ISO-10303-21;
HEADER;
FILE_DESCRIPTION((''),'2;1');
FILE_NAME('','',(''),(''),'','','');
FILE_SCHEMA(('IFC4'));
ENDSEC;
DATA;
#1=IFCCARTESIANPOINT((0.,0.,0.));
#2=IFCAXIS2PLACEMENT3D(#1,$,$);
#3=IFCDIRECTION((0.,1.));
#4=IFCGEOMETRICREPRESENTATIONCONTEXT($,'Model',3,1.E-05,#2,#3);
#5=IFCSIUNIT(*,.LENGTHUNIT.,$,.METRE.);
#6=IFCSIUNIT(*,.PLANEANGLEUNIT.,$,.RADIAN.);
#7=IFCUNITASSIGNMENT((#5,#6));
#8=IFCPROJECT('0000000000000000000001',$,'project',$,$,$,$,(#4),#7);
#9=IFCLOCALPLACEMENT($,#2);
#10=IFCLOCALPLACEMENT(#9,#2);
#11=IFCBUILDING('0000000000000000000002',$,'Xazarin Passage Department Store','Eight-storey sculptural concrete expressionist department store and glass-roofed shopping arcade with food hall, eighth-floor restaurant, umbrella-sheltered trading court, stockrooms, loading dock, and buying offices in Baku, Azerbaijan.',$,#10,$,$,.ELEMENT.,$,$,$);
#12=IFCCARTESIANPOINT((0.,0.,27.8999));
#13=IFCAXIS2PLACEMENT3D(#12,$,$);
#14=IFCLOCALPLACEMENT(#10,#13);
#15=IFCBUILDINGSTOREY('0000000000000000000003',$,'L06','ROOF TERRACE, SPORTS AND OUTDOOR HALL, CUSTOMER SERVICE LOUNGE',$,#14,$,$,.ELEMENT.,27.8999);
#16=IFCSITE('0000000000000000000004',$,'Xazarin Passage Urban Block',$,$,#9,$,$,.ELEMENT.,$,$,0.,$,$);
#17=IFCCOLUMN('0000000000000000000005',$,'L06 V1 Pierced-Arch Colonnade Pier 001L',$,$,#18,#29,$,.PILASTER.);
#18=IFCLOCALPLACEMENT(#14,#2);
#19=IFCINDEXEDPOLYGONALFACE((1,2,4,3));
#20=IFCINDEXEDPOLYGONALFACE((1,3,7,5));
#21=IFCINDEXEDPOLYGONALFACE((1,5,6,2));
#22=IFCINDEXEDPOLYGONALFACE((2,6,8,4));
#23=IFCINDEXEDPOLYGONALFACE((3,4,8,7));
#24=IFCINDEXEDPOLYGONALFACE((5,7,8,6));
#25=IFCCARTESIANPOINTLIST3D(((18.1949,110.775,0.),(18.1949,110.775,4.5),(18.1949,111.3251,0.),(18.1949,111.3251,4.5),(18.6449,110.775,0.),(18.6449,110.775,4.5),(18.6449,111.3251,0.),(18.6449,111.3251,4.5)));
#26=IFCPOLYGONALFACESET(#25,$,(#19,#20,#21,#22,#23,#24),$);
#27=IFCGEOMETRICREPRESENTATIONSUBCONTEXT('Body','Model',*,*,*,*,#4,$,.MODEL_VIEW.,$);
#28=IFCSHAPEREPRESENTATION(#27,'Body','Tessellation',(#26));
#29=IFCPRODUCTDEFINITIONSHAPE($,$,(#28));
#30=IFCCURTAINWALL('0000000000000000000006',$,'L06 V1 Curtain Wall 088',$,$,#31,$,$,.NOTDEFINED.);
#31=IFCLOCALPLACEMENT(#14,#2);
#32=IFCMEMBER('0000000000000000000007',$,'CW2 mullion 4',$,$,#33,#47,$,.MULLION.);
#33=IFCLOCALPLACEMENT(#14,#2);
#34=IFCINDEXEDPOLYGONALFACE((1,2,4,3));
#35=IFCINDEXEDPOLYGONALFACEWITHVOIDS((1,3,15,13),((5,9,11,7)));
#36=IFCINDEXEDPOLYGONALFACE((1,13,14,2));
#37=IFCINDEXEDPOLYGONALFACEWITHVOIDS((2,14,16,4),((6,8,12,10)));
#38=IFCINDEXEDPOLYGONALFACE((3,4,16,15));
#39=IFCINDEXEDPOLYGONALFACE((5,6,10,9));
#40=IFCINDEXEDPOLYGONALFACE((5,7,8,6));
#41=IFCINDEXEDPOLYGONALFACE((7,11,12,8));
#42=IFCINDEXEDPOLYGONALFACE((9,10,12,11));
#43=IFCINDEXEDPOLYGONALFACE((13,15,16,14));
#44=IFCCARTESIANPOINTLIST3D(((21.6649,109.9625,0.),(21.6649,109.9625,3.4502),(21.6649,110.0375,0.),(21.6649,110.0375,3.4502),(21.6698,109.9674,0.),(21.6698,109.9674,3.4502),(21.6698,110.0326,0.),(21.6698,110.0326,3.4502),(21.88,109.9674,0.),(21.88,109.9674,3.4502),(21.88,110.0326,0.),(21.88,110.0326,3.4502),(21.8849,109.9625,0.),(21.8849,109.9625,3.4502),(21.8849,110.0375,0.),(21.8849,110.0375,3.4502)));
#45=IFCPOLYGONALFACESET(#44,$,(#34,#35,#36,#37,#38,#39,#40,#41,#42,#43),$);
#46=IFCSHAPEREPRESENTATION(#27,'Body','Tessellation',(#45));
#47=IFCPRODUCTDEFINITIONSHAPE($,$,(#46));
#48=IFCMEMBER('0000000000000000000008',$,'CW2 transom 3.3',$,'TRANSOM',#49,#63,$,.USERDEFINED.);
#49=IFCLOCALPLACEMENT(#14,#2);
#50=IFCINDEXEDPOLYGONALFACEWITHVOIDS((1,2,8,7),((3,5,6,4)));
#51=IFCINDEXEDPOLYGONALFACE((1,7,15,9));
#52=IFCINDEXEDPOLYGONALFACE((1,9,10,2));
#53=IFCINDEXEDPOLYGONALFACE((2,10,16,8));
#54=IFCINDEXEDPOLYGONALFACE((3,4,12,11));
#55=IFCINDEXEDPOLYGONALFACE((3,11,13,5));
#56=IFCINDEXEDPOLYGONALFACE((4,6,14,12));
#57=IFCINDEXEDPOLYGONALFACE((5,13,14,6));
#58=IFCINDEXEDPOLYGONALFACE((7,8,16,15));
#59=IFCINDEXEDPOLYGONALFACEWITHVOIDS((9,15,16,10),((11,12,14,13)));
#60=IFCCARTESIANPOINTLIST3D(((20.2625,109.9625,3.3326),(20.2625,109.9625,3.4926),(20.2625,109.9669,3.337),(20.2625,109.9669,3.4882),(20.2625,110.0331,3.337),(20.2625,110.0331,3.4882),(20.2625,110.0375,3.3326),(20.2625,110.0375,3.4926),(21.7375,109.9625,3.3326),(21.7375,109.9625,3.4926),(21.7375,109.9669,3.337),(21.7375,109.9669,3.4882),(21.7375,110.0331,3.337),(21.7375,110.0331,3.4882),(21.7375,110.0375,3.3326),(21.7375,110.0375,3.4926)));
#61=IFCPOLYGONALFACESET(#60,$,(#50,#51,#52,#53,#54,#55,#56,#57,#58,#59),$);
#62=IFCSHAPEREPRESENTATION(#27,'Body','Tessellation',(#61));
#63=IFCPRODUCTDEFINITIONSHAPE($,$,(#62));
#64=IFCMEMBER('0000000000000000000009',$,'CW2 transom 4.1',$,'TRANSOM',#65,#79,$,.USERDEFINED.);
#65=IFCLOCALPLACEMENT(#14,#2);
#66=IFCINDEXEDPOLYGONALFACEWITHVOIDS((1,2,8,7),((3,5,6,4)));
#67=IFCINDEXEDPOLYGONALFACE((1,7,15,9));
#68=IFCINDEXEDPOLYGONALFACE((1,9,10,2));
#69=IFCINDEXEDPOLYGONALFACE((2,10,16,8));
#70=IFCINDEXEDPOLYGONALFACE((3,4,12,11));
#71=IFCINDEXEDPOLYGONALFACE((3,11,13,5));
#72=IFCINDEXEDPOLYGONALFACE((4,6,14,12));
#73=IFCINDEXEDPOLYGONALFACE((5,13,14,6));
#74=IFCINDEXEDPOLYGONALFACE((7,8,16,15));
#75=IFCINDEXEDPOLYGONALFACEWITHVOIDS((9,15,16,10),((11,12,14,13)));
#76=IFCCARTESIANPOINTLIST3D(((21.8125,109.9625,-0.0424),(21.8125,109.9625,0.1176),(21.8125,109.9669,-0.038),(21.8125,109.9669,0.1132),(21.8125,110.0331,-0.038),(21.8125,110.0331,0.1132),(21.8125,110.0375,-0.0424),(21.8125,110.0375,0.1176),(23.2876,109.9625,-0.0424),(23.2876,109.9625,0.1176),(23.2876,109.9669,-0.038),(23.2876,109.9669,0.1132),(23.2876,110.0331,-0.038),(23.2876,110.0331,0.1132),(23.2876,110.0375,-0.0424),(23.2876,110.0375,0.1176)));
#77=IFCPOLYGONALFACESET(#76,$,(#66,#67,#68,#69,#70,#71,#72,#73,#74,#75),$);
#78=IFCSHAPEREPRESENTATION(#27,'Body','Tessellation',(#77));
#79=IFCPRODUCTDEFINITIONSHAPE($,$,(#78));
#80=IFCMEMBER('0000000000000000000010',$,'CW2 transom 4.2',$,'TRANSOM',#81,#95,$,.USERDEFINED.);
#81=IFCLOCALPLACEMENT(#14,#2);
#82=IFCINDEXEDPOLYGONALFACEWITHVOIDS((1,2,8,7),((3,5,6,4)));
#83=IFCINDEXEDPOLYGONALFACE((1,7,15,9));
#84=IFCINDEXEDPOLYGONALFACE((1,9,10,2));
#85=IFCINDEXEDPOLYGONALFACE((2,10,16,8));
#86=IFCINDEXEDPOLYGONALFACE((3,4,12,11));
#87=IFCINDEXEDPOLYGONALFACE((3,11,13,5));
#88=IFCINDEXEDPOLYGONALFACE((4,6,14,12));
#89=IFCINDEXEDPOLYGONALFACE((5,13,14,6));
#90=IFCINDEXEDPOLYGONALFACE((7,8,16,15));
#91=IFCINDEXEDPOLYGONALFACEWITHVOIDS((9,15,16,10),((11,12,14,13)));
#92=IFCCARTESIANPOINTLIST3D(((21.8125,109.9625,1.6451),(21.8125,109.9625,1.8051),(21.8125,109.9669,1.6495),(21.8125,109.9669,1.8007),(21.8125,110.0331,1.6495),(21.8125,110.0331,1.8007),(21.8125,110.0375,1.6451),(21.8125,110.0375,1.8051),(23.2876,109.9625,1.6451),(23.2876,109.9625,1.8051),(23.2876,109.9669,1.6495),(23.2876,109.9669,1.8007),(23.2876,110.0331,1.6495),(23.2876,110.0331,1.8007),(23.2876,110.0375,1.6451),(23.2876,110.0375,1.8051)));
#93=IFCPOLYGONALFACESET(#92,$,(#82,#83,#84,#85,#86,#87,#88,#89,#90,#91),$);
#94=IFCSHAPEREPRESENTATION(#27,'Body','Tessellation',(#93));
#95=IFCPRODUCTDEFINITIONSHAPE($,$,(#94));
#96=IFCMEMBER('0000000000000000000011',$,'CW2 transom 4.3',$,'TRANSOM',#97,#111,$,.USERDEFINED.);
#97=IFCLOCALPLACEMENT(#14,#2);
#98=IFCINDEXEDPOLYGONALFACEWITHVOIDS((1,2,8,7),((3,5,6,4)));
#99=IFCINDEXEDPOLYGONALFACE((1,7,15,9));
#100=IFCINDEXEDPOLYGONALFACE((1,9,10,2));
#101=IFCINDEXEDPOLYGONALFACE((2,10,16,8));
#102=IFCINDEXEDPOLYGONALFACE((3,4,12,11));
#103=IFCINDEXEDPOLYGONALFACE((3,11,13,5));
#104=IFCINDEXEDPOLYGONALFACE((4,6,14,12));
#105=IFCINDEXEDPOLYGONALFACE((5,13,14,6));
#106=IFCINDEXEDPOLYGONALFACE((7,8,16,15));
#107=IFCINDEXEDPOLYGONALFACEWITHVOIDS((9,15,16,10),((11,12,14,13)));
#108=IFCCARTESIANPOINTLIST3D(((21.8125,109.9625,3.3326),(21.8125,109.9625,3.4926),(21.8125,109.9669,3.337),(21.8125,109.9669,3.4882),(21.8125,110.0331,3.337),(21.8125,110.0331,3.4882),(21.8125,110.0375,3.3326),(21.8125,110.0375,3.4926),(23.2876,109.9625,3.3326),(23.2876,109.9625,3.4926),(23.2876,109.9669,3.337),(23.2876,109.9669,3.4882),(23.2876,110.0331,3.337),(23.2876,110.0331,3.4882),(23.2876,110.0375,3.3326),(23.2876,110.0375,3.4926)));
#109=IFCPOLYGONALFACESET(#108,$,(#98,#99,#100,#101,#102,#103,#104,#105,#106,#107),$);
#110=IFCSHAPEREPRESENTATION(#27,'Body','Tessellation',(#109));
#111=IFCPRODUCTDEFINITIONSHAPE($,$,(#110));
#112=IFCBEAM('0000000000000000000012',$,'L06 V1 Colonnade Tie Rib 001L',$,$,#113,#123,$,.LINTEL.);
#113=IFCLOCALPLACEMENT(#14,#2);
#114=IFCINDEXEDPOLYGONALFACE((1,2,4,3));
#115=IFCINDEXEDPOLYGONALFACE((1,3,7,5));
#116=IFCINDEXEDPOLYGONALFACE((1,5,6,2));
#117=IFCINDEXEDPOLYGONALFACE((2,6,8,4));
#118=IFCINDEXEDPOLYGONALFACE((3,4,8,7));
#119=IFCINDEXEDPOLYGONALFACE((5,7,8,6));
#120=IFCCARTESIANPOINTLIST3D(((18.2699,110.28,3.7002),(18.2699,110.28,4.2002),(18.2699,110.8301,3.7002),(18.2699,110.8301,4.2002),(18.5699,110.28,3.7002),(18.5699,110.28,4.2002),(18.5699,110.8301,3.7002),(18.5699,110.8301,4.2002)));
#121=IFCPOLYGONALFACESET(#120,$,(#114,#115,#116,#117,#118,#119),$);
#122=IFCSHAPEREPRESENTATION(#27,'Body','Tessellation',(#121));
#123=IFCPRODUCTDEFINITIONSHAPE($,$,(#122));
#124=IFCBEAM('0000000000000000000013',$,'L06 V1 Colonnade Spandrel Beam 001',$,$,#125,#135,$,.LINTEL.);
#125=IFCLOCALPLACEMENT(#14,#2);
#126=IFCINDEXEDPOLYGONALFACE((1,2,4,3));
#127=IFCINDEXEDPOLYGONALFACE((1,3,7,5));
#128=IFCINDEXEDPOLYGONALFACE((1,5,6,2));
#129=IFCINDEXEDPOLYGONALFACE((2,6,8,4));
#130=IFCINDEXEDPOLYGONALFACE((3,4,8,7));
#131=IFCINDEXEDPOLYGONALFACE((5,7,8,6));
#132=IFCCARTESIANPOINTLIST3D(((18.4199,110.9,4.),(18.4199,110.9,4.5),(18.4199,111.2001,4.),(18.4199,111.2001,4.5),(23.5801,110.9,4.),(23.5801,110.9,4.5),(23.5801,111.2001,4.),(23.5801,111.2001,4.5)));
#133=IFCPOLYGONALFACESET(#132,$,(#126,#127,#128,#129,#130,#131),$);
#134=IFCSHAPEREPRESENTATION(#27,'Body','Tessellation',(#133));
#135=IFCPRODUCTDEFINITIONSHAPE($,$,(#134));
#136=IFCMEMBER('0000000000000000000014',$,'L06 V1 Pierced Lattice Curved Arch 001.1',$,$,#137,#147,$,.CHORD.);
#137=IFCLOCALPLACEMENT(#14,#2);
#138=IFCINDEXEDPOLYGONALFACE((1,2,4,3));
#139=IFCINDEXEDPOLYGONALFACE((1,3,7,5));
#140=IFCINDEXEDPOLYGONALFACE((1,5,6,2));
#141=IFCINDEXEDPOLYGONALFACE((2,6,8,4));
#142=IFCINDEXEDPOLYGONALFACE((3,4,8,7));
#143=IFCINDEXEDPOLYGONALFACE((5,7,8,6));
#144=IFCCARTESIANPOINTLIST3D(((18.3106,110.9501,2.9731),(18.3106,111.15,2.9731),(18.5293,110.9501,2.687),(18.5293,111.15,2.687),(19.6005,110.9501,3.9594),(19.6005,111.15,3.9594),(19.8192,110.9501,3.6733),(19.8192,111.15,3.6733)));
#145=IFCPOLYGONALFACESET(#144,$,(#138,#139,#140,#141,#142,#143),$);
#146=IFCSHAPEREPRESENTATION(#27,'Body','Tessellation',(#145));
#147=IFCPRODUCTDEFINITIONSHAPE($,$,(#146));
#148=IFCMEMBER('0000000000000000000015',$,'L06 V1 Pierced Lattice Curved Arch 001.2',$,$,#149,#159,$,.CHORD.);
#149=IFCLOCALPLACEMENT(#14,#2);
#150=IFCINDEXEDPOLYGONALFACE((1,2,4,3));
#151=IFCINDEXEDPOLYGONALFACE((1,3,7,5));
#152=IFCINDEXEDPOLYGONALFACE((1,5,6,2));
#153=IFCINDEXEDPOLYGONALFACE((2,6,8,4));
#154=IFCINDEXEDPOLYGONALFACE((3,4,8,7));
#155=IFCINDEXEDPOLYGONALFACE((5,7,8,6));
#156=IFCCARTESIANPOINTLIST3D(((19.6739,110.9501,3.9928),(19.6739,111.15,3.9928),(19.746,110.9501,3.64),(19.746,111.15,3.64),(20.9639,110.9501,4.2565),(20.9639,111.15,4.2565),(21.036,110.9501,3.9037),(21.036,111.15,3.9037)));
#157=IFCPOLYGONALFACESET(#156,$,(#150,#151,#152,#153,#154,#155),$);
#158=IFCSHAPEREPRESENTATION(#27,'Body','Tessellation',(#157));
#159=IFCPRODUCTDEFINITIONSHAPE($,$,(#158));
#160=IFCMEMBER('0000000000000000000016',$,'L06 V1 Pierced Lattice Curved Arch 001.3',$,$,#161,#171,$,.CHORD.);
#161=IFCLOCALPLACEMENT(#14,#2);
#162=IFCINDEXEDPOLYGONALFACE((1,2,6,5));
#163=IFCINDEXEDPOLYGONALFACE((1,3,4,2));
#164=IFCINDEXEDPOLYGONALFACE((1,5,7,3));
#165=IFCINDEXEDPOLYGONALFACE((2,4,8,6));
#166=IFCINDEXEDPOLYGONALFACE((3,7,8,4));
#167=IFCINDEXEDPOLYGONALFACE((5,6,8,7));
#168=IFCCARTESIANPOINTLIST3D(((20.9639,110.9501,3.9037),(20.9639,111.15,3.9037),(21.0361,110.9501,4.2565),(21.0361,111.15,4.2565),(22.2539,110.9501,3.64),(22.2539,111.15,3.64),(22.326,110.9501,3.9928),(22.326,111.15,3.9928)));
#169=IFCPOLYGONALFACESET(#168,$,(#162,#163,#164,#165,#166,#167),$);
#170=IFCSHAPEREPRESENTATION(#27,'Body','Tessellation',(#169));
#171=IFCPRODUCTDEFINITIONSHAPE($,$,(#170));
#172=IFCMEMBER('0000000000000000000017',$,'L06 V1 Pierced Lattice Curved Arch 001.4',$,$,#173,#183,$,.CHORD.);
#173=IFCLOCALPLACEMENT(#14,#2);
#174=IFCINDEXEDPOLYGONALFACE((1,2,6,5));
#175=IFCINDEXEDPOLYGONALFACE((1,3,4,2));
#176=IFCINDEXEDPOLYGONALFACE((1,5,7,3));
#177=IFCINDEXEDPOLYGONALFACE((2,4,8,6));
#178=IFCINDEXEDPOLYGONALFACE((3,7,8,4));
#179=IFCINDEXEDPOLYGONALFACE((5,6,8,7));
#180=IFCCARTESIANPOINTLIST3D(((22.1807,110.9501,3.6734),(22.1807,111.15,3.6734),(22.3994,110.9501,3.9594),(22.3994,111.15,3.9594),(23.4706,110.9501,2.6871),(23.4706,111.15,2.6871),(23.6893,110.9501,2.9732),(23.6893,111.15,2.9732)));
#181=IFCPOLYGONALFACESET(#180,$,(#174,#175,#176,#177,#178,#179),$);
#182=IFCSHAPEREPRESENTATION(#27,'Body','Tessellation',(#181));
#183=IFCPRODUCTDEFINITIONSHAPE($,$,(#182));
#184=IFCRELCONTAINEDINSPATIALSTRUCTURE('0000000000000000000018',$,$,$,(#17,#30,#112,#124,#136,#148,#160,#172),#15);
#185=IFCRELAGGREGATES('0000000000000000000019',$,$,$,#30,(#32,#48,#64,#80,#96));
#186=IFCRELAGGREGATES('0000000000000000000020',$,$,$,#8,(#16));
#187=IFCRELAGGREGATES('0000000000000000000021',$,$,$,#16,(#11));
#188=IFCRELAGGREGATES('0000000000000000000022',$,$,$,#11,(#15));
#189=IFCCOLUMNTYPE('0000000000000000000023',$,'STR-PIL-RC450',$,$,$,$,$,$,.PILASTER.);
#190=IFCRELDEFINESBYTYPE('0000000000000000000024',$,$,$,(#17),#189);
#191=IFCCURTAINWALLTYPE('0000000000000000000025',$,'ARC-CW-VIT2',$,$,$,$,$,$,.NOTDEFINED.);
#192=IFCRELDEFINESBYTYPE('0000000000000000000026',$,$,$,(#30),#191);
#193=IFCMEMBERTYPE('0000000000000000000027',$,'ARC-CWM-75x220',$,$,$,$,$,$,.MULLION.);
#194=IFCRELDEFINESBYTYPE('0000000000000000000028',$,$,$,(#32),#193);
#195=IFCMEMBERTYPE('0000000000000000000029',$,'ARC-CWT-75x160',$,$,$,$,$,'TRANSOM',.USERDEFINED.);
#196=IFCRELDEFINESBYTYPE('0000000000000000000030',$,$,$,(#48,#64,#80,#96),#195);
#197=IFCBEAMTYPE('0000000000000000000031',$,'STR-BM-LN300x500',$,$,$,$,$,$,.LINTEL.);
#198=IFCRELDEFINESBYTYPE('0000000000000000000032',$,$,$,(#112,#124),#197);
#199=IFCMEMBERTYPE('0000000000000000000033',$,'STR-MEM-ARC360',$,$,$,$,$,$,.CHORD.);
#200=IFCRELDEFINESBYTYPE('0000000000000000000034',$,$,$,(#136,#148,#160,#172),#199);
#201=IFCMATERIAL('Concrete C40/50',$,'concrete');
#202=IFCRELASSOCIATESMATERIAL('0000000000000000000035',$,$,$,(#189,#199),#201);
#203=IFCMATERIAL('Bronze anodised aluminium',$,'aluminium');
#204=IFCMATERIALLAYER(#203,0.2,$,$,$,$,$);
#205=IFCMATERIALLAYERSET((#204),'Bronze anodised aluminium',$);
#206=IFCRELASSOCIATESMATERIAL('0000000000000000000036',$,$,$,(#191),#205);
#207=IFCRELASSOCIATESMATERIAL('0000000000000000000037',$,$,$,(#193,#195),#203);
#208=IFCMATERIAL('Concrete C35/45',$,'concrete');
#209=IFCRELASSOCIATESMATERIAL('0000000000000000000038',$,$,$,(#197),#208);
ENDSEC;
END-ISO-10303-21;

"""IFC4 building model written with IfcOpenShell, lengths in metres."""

from ifc_helpers import new_model, si_unit, direction, frame, origin, origin_2d, place, context, subcontext, project, spatial, rectangle, hollow_rectangle, extrude, material, layer, layer_set, material_profile, profile_set, type_object, element, aggregate, save


model = new_model("IFC4")

# Units and contexts
model_context = context("Model", 3, precision=1e-05, world=origin(), true_north=direction((0.0, 1.0)))
body_context = subcontext(model_context, "Body", "Model", "MODEL_VIEW")
ifc_project = project(units=[si_unit("LENGTHUNIT", "METRE"), si_unit("PLANEANGLEUNIT", "RADIAN")], contexts=[model_context])

# Site, building, storey
site_placement = place(None, origin())
site = spatial("IfcSite", under=ifc_project, at=site_placement, Name="Xazarin Passage Urban Block", CompositionType="ELEMENT", RefElevation=0.0)
building_placement = place(site_placement, origin())
building = spatial("IfcBuilding", under=site, at=building_placement, Name="Xazarin Passage Department Store", Description="Eight-storey sculptural concrete expressionist department store and glass-roofed shopping arcade with food hall, eighth-floor restaurant, umbrella-sheltered trading court, stockrooms, loading dock, and buying offices in Baku, Azerbaijan.", CompositionType="ELEMENT")
storey_placement = place(building_placement, frame((0.0, 0.0, 27.8999)))
storey = spatial("IfcBuildingStorey", under=building, at=storey_placement, Name="L06", Description="ROOF TERRACE, SPORTS AND OUTDOOR HALL, CUSTOMER SERVICE LOUNGE", CompositionType="ELEMENT", Elevation=27.8999)

# Column
ifc_material_1 = material(Name="Concrete C40/50", Category="concrete")
ifc_material_profile_1 = material_profile(ifc_material_1, rectangle(XDim=0.45, YDim=0.55, at=origin_2d()), Name="RC 450x550")
ifc_profile_set_1 = profile_set([ifc_material_profile_1], Name="Concrete C40/50")
column_type = type_object("IfcColumnType", Name="STR-PIL-RC450", PredefinedType="PILASTER", material=ifc_profile_set_1)
column_placement = place(storey_placement, frame((18.4199, 111.05, 0.0), z_axis=(0.0, 0.0, 1.0), x_axis=(1.0, 0.0, 0.0)))
element("IfcColumn", 1, at=column_placement, inside=storey, type_object=column_type, Name="L06 V1 Pierced-Arch Colonnade Pier 001L", PredefinedType="PILASTER", context=body_context, shape_type="SweptSolid", body=[
    extrude(rectangle(XDim=0.45, YDim=0.55, at=origin_2d()), origin(), (0.0, 0.0, 1.0), 4.5),
])

# Curtain wall, members
ifc_material_2 = material(Name="Bronze anodised aluminium", Category="aluminium")
ifc_layer_1 = layer(ifc_material_2, 0.2)
ifc_layer_set_1 = layer_set([ifc_layer_1], Name="Bronze anodised aluminium")
curtain_wall_type = type_object("IfcCurtainWallType", Name="ARC-CW-VIT2", PredefinedType="NOTDEFINED", material=ifc_layer_set_1)
curtain_wall_placement = place(storey_placement, origin())
curtain_wall = element("IfcCurtainWall", 2, at=curtain_wall_placement, inside=storey, type_object=curtain_wall_type, Name="L06 V1 Curtain Wall 088", PredefinedType="NOTDEFINED")
ifc_material_profile_2 = material_profile(ifc_material_2, hollow_rectangle(XDim=0.075, YDim=0.22, WallThickness=0.0049, at=origin_2d()), Name="ALU 75x220")
ifc_profile_set_2 = profile_set([ifc_material_profile_2], Name="Bronze anodised aluminium")
member_type_1 = type_object("IfcMemberType", Name="ARC-CWM-75x220", PredefinedType="MULLION", material=ifc_profile_set_2)
member_1_placement = place(storey_placement, frame((21.7749, 110.0, 0.0), z_axis=(0.0, 0.0, 1.0), x_axis=(0.0, 1.0, 0.0)))
member_1 = element("IfcMember", 3, at=member_1_placement, type_object=member_type_1, Name="CW2 mullion 4", PredefinedType="MULLION", context=body_context, shape_type="SweptSolid", body=[
    extrude(hollow_rectangle(XDim=0.075, YDim=0.22, WallThickness=0.0049, at=origin_2d()), origin(), (0.0, 0.0, 1.0), 3.4502),
])
ifc_material_profile_3 = material_profile(ifc_material_2, hollow_rectangle(XDim=0.075, YDim=0.1599, WallThickness=0.0044, at=origin_2d()), Name="ALU 75x160")
ifc_profile_set_3 = profile_set([ifc_material_profile_3], Name="Bronze anodised aluminium")
member_type_2 = type_object("IfcMemberType", Name="ARC-CWT-75x160", ElementType="TRANSOM", PredefinedType="USERDEFINED", material=ifc_profile_set_3)
member_2_placement = place(storey_placement, frame((20.2625, 110.0, 3.4126), z_axis=(1.0, 0.0, 0.0), x_axis=(0.0, 1.0, 0.0)))
member_2 = element("IfcMember", 4, at=member_2_placement, type_object=member_type_2, Name="CW2 transom 3.3", ObjectType="TRANSOM", PredefinedType="USERDEFINED", context=body_context, shape_type="SweptSolid", body=[
    extrude(hollow_rectangle(XDim=0.075, YDim=0.1599, WallThickness=0.0044, at=origin_2d()), origin(), (0.0, 0.0, 1.0), 1.4751),
])
member_3_placement = place(storey_placement, frame((21.8125, 110.0, 0.0376), z_axis=(1.0, 0.0, 0.0), x_axis=(0.0, 1.0, 0.0)))
member_3 = element("IfcMember", 5, at=member_3_placement, type_object=member_type_2, Name="CW2 transom 4.1", ObjectType="TRANSOM", PredefinedType="USERDEFINED", context=body_context, shape_type="SweptSolid", body=[
    extrude(hollow_rectangle(XDim=0.075, YDim=0.1599, WallThickness=0.0044, at=origin_2d()), origin(), (0.0, 0.0, 1.0), 1.4751),
])
member_4_placement = place(storey_placement, frame((21.8125, 110.0, 1.7251), z_axis=(1.0, 0.0, 0.0), x_axis=(0.0, 1.0, 0.0)))
member_4 = element("IfcMember", 6, at=member_4_placement, type_object=member_type_2, Name="CW2 transom 4.2", ObjectType="TRANSOM", PredefinedType="USERDEFINED", context=body_context, shape_type="SweptSolid", body=[
    extrude(hollow_rectangle(XDim=0.075, YDim=0.1599, WallThickness=0.0044, at=origin_2d()), origin(), (0.0, 0.0, 1.0), 1.4751),
])
member_5_placement = place(storey_placement, frame((21.8125, 110.0, 3.4126), z_axis=(1.0, 0.0, 0.0), x_axis=(0.0, 1.0, 0.0)))
member_5 = element("IfcMember", 7, at=member_5_placement, type_object=member_type_2, Name="CW2 transom 4.3", ObjectType="TRANSOM", PredefinedType="USERDEFINED", context=body_context, shape_type="SweptSolid", body=[
    extrude(hollow_rectangle(XDim=0.075, YDim=0.1599, WallThickness=0.0044, at=origin_2d()), origin(), (0.0, 0.0, 1.0), 1.4751),
])

# Beams
ifc_material_3 = material(Name="Concrete C35/45", Category="concrete")
ifc_material_profile_4 = material_profile(ifc_material_3, rectangle(XDim=0.3, YDim=0.5, at=origin_2d()), Name="RC 300x500")
ifc_profile_set_4 = profile_set([ifc_material_profile_4], Name="Concrete C35/45")
beam_type = type_object("IfcBeamType", Name="STR-BM-LN300x500", PredefinedType="LINTEL", material=ifc_profile_set_4)
beam_1_placement = place(storey_placement, frame((18.4199, 110.28, 3.9502), z_axis=(0.0, 1.0, 0.0), x_axis=(-1.0, 0.0, 0.0)))
element("IfcBeam", 8, at=beam_1_placement, inside=storey, type_object=beam_type, Name="L06 V1 Colonnade Tie Rib 001L", PredefinedType="LINTEL", context=body_context, shape_type="SweptSolid", body=[
    extrude(rectangle(XDim=0.3, YDim=0.5, at=origin_2d()), origin(), (0.0, 0.0, 1.0), 0.55),
])
beam_2_placement = place(storey_placement, frame((18.4199, 111.05, 4.25), z_axis=(1.0, 0.0, 0.0), x_axis=(0.0, 1.0, 0.0)))
element("IfcBeam", 9, at=beam_2_placement, inside=storey, type_object=beam_type, Name="L06 V1 Colonnade Spandrel Beam 001", PredefinedType="LINTEL", context=body_context, shape_type="SweptSolid", body=[
    extrude(rectangle(XDim=0.3, YDim=0.5, at=origin_2d()), origin(), (0.0, 0.0, 1.0), 5.1602),
])

# Members
ifc_material_profile_5 = material_profile(ifc_material_1, rectangle(XDim=0.2, YDim=0.3601, at=origin_2d()), Name="RC 200x360")
ifc_profile_set_5 = profile_set([ifc_material_profile_5], Name="Concrete C40/50")
member_type_3 = type_object("IfcMemberType", Name="STR-MEM-ARC360", PredefinedType="CHORD", material=ifc_profile_set_5)
member_6_placement = place(storey_placement, frame((18.4199, 111.05, 2.8301), z_axis=(0.794409, 0.0, 0.607383), x_axis=(0.0, 1.0, 0.0)))
element("IfcMember", 10, at=member_6_placement, inside=storey, type_object=member_type_3, Name="L06 V1 Pierced Lattice Curved Arch 001.1", PredefinedType="CHORD", context=body_context, shape_type="SweptSolid", body=[
    extrude(rectangle(XDim=0.2, YDim=0.3601, at=origin_2d()), origin(), (0.0, 0.0, 1.0), 1.6238),
])
for number, where, z_axis, x_axis, name in (
    (11, (19.71, 111.05, 3.8164), (0.979745, 0.0, 0.200251), (0.0, 1.0, 0.0), "L06 V1 Pierced Lattice Curved Arch 001.2"),
    (12, (21.0, 111.05, 4.0801), (0.979745, 0.0, -0.200251), (0.0, 1.0, 0.0), "L06 V1 Pierced Lattice Curved Arch 001.3"),
):
    element("IfcMember", number, at=place(storey_placement, frame(where, z_axis=z_axis, x_axis=x_axis)), inside=storey, type_object=member_type_3, Name=name, PredefinedType="CHORD", context=body_context, shape_type="SweptSolid", body=[
        extrude(rectangle(XDim=0.2, YDim=0.3601, at=origin_2d()), origin(), (0.0, 0.0, 1.0), 1.3167),
    ])
member_7_placement = place(storey_placement, frame((22.29, 111.05, 3.8164), z_axis=(0.794409, 0.0, -0.607383), x_axis=(0.0, 1.0, 0.0)))
element("IfcMember", 13, at=member_7_placement, inside=storey, type_object=member_type_3, Name="L06 V1 Pierced Lattice Curved Arch 001.4", PredefinedType="CHORD", context=body_context, shape_type="SweptSolid", body=[
    extrude(rectangle(XDim=0.2, YDim=0.3601, at=origin_2d()), origin(), (0.0, 0.0, 1.0), 1.6238),
])

aggregate(curtain_wall, [member_1, member_2, member_3, member_4, member_5])

save(model, "model.ifc")
